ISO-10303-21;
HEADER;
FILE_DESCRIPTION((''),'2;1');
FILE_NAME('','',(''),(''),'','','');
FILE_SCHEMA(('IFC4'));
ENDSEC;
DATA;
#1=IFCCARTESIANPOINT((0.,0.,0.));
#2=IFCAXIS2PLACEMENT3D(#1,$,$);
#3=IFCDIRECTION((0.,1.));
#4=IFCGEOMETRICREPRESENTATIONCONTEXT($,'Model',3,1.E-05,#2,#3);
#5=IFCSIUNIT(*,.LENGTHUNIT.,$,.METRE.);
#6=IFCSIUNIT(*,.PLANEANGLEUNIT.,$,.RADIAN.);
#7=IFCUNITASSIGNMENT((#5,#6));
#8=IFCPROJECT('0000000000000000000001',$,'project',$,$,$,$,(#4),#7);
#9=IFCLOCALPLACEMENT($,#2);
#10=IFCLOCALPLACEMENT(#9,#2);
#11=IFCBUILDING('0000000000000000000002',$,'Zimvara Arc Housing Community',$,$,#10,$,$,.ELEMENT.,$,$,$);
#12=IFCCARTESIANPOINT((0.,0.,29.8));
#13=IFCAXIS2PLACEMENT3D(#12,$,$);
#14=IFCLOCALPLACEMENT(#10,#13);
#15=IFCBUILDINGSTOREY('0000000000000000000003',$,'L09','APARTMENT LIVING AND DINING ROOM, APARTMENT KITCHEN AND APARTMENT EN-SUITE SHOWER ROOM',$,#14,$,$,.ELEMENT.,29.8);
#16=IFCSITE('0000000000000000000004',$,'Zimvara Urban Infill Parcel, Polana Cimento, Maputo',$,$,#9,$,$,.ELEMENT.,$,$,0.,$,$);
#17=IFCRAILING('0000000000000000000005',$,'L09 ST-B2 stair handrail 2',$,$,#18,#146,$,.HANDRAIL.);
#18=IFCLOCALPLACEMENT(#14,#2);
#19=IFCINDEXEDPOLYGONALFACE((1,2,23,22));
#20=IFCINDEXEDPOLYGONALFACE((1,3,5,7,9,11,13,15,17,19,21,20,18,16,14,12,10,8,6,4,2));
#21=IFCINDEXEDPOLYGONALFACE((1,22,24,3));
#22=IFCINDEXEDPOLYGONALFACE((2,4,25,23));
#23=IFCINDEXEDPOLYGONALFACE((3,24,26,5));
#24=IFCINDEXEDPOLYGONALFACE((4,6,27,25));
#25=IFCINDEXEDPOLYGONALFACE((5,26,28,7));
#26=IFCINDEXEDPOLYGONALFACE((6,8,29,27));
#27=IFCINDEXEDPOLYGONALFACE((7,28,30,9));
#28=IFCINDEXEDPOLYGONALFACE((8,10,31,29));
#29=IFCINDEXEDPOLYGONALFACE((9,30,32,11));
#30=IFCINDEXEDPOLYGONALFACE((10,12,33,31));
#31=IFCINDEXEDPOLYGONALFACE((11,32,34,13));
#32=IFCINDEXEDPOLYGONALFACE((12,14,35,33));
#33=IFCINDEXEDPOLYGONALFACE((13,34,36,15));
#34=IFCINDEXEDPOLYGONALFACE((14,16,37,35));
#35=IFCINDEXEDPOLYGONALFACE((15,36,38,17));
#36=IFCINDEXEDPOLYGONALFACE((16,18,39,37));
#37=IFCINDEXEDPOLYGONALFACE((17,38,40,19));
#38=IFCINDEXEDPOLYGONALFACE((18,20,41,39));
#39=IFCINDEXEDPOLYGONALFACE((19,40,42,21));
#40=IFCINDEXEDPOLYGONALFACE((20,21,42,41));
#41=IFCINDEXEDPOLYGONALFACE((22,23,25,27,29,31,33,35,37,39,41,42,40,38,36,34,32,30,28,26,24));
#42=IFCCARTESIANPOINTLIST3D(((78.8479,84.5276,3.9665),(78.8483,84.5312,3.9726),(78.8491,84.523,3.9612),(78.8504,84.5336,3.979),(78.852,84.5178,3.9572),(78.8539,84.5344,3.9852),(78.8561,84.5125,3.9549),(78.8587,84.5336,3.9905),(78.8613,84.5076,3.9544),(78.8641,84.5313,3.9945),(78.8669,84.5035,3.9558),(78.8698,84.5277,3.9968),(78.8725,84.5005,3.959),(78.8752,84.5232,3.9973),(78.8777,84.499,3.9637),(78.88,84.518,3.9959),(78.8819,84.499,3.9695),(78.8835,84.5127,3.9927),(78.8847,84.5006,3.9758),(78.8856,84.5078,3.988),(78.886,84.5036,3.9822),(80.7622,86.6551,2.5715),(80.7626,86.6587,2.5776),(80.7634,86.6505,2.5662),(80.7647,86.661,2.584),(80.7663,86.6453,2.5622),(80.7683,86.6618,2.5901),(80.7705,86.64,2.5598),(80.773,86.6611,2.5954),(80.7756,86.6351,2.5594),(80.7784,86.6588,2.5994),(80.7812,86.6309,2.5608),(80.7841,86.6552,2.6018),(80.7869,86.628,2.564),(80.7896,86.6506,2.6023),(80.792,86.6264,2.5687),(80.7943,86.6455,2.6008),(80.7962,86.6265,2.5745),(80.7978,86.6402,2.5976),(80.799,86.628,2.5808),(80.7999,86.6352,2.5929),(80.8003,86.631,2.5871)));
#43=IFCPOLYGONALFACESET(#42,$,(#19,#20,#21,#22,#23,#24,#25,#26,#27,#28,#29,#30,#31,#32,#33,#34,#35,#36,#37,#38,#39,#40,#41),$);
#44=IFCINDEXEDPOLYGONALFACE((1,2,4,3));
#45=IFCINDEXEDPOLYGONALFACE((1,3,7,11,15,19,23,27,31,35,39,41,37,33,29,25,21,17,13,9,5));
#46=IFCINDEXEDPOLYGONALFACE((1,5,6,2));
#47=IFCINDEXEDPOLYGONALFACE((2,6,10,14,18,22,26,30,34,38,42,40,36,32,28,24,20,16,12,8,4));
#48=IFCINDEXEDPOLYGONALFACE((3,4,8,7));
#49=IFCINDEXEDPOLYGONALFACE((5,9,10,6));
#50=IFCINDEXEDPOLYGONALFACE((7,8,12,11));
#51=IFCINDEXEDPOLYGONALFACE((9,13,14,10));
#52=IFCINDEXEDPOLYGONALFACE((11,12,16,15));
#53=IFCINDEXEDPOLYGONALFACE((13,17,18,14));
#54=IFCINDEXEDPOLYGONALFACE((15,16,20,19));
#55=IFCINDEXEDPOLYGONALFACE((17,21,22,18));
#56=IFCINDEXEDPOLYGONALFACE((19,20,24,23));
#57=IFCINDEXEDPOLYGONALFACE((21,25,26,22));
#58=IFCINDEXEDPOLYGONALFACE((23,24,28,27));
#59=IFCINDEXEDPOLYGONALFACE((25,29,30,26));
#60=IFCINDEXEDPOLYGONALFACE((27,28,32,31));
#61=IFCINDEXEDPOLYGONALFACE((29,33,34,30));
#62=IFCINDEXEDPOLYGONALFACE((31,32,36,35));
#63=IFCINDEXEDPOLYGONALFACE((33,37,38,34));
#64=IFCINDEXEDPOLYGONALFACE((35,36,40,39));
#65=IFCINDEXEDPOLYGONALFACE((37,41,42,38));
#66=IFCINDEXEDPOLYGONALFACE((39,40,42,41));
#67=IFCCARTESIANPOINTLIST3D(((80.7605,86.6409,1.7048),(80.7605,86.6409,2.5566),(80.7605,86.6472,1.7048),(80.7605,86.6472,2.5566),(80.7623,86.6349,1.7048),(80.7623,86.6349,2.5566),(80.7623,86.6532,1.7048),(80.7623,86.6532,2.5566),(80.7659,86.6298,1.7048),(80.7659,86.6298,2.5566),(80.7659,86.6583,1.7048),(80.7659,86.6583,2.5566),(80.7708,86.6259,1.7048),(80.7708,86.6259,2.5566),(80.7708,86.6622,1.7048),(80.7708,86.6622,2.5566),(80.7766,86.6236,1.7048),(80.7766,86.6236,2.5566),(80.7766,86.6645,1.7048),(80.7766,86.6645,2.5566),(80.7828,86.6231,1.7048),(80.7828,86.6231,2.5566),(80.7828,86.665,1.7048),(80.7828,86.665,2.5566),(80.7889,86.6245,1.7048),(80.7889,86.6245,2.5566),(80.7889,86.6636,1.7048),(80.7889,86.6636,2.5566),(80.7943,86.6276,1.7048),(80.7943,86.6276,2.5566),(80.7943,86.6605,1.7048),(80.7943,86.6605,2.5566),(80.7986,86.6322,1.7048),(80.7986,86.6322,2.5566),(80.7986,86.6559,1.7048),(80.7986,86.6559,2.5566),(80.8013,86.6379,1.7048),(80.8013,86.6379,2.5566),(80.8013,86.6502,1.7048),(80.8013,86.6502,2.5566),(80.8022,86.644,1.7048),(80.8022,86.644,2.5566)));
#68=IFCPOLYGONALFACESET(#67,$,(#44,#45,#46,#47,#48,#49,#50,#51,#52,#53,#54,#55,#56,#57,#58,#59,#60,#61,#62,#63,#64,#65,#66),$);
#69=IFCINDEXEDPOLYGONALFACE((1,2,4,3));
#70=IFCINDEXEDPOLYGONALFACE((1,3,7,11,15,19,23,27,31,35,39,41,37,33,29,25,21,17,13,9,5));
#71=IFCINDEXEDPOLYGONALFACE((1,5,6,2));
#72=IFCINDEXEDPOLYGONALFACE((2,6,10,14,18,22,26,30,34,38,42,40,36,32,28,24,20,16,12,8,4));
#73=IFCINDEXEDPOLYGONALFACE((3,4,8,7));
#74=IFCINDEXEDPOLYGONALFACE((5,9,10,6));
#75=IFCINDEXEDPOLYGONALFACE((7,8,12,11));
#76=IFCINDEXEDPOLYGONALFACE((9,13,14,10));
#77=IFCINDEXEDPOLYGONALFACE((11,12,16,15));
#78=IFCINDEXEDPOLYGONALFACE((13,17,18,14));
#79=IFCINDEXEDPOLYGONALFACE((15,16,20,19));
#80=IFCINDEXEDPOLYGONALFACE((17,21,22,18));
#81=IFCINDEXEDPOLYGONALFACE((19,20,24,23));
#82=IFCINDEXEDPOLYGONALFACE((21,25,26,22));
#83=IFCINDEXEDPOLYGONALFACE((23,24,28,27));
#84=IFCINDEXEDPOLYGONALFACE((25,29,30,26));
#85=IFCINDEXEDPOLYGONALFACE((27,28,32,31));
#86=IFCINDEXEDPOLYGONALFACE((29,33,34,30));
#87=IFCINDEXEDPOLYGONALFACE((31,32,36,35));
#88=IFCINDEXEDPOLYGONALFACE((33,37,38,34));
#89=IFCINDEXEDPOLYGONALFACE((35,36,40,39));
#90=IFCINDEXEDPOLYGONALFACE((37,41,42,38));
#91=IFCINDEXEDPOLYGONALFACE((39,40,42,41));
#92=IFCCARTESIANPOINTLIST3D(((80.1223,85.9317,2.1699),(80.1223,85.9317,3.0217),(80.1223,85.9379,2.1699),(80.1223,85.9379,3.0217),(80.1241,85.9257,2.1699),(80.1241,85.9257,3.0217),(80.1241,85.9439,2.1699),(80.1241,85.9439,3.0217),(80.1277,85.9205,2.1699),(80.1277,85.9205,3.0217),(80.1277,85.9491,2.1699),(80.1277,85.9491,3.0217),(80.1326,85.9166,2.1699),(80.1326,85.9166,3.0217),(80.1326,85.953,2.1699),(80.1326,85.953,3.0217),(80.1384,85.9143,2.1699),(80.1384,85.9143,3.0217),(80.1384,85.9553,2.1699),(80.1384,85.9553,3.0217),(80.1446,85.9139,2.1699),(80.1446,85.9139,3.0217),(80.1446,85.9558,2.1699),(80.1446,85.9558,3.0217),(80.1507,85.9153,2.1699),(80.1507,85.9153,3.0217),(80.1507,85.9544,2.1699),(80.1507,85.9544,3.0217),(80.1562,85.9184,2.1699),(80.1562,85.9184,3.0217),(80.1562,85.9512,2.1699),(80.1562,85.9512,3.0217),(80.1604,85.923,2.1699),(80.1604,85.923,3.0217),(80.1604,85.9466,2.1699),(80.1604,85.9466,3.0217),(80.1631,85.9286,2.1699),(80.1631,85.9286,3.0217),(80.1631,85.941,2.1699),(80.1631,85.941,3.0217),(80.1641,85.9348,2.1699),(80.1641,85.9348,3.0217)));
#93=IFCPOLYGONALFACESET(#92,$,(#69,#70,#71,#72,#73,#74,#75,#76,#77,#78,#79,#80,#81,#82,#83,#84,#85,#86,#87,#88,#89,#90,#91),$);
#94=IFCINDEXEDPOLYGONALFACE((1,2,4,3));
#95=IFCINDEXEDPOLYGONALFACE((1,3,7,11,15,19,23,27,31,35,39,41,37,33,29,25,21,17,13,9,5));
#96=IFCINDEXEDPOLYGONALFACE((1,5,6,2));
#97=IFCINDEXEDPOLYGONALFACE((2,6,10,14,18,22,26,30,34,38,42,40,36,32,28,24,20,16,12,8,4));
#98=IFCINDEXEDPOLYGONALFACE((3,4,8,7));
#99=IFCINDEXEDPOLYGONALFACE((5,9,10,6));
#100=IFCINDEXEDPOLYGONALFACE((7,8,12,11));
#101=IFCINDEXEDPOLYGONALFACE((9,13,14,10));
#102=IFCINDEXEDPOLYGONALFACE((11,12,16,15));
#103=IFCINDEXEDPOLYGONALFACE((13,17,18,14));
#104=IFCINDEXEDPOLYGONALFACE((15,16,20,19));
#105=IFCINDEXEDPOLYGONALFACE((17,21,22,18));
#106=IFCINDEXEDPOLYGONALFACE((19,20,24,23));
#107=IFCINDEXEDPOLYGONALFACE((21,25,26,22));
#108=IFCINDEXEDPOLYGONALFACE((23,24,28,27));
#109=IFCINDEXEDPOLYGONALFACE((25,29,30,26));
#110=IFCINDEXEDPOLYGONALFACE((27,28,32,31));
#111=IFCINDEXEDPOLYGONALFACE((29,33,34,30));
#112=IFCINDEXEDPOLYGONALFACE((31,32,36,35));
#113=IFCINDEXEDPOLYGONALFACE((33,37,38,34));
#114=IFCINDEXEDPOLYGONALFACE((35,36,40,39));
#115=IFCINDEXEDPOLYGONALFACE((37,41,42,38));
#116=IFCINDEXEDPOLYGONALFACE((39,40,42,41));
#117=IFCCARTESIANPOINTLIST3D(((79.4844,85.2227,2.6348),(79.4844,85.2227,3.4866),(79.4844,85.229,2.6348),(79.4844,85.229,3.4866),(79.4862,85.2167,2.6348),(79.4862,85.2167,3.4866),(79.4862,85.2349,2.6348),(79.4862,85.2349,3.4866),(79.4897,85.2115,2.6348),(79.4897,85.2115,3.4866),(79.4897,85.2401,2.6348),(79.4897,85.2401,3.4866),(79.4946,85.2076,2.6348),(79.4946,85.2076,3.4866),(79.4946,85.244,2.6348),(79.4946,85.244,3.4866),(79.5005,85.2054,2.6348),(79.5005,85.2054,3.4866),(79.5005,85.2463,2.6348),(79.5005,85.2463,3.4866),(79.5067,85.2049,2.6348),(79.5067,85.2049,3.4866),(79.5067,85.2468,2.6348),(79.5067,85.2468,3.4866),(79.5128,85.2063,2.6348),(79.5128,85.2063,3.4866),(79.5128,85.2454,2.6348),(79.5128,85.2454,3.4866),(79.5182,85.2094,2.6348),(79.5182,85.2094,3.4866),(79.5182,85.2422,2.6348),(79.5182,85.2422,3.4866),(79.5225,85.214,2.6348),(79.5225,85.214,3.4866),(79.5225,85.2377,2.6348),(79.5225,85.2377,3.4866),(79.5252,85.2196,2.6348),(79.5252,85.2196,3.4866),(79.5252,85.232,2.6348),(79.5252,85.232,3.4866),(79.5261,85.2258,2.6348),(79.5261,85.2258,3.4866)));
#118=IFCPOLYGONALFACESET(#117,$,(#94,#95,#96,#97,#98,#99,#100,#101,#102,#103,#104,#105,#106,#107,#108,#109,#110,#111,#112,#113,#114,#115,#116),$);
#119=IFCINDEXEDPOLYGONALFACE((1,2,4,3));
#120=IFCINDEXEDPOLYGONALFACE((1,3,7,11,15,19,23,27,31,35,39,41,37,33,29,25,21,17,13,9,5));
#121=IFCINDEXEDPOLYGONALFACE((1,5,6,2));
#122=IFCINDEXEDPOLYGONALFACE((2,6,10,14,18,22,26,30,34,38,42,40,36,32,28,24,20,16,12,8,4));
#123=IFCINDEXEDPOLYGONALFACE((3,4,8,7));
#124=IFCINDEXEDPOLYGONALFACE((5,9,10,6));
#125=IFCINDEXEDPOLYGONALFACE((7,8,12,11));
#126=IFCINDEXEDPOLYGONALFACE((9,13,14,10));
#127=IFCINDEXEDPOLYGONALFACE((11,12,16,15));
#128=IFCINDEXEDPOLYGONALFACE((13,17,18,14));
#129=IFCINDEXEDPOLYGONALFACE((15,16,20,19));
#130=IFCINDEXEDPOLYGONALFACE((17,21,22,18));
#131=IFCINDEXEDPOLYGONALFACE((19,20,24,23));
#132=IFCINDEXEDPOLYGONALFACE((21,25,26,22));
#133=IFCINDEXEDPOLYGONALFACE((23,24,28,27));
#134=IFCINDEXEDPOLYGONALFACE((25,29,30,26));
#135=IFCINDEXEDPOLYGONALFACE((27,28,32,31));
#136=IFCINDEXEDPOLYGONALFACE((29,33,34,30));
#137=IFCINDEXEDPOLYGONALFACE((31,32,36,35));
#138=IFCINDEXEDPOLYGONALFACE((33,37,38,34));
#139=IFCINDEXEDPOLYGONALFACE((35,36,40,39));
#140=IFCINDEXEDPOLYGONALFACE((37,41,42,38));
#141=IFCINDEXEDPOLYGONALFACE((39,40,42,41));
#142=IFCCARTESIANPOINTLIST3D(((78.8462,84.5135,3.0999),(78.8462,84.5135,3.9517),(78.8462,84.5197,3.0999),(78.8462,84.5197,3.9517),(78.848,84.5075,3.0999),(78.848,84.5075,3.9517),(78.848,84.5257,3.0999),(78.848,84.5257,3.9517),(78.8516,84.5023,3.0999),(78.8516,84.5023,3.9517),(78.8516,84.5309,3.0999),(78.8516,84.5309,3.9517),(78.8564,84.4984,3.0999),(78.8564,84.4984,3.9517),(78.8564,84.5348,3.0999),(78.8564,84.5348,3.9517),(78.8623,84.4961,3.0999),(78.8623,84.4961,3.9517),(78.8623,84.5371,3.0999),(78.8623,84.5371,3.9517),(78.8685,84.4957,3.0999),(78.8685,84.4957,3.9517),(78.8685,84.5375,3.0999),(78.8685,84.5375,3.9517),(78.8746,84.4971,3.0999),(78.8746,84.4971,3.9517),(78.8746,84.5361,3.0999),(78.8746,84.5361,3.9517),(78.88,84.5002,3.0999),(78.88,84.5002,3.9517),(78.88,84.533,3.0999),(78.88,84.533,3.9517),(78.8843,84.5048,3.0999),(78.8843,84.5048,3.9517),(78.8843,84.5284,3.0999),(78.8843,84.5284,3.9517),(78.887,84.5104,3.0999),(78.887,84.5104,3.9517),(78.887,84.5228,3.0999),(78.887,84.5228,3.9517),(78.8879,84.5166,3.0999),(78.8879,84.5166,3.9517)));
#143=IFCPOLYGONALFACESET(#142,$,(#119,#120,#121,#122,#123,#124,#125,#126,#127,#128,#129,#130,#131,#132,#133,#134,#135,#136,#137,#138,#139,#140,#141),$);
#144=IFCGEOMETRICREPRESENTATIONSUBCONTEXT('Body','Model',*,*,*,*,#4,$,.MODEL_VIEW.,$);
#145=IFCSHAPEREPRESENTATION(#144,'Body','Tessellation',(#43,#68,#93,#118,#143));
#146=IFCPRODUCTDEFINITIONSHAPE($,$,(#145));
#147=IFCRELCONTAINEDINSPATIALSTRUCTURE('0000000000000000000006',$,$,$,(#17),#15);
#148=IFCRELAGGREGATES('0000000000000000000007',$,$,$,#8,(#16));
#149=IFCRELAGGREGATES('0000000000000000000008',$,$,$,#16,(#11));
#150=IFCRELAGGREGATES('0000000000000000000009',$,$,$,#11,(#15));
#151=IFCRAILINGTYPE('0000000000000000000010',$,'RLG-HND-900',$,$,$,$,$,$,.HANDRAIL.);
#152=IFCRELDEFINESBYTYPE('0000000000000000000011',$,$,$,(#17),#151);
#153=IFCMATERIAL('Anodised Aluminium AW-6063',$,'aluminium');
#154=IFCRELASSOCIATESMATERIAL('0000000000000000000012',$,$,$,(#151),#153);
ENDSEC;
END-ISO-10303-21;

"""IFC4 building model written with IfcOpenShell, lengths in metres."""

from ifc_helpers import new_model, si_unit, direction, frame, origin, origin_2d, place, context, subcontext, project, spatial, circle, extrude, material, type_object, element, save


model = new_model("IFC4")

# Units and contexts
model_context = context("Model", 3, precision=1e-05, world=origin(), true_north=direction((0.0, 1.0)))
body_context = subcontext(model_context, "Body", "Model", "MODEL_VIEW")
ifc_project = project(units=[si_unit("LENGTHUNIT", "METRE"), si_unit("PLANEANGLEUNIT", "RADIAN")], contexts=[model_context])

# Site, building, storey
site_placement = place(None, origin())
site = spatial("IfcSite", under=ifc_project, at=site_placement, Name="Zimvara Urban Infill Parcel, Polana Cimento, Maputo", CompositionType="ELEMENT", RefElevation=0.0)
building_placement = place(site_placement, origin())
building = spatial("IfcBuilding", under=site, at=building_placement, Name="Zimvara Arc Housing Community", CompositionType="ELEMENT")
storey_placement = place(building_placement, frame((0.0, 0.0, 29.8)))
storey = spatial("IfcBuildingStorey", under=building, at=storey_placement, Name="L09", Description="APARTMENT LIVING AND DINING ROOM, APARTMENT KITCHEN AND APARTMENT EN-SUITE SHOWER ROOM", CompositionType="ELEMENT", Elevation=29.8)

# Railing
ifc_material_1 = material(Name="Anodised Aluminium AW-6063", Category="aluminium")
railing_type_1 = type_object("IfcRailingType", Name="RLG-HND-900", PredefinedType="HANDRAIL", material=ifc_material_1)
railing_1_placement = place(storey_placement, frame((80.7812, 86.644, 1.7048)))
element("IfcRailing", 1, at=railing_1_placement, inside=storey, type_object=railing_type_1, Name="L09 ST-B2 stair handrail 2", PredefinedType="HANDRAIL", context=body_context, shape_type="SweptSolid", body=[
    extrude(circle(Radius=0.0239, at=origin_2d()), frame((0.0, 0.0, 0.876), z_axis=(-0.601263, -0.668206, 0.43816), x_axis=(0.743362, -0.668889, 0.0)), (0.0, 0.0, 1.0), 3.1838),
    extrude(circle(Radius=0.021, at=origin_2d()), origin(), (0.0, 0.0, 1.0), 0.8518),
    extrude(circle(Radius=0.021, at=origin_2d()), frame((-0.6382, -0.7092, 0.4651)), (0.0, 0.0, 1.0), 0.8518),
    extrude(circle(Radius=0.021, at=origin_2d()), frame((-1.2761, -1.4182, 0.9299)), (0.0, 0.0, 1.0), 0.8518),
    extrude(circle(Radius=0.021, at=origin_2d()), frame((-1.9143, -2.1274, 1.395)), (0.0, 0.0, 1.0), 0.8518),
])

save(model, "model.ifc")
